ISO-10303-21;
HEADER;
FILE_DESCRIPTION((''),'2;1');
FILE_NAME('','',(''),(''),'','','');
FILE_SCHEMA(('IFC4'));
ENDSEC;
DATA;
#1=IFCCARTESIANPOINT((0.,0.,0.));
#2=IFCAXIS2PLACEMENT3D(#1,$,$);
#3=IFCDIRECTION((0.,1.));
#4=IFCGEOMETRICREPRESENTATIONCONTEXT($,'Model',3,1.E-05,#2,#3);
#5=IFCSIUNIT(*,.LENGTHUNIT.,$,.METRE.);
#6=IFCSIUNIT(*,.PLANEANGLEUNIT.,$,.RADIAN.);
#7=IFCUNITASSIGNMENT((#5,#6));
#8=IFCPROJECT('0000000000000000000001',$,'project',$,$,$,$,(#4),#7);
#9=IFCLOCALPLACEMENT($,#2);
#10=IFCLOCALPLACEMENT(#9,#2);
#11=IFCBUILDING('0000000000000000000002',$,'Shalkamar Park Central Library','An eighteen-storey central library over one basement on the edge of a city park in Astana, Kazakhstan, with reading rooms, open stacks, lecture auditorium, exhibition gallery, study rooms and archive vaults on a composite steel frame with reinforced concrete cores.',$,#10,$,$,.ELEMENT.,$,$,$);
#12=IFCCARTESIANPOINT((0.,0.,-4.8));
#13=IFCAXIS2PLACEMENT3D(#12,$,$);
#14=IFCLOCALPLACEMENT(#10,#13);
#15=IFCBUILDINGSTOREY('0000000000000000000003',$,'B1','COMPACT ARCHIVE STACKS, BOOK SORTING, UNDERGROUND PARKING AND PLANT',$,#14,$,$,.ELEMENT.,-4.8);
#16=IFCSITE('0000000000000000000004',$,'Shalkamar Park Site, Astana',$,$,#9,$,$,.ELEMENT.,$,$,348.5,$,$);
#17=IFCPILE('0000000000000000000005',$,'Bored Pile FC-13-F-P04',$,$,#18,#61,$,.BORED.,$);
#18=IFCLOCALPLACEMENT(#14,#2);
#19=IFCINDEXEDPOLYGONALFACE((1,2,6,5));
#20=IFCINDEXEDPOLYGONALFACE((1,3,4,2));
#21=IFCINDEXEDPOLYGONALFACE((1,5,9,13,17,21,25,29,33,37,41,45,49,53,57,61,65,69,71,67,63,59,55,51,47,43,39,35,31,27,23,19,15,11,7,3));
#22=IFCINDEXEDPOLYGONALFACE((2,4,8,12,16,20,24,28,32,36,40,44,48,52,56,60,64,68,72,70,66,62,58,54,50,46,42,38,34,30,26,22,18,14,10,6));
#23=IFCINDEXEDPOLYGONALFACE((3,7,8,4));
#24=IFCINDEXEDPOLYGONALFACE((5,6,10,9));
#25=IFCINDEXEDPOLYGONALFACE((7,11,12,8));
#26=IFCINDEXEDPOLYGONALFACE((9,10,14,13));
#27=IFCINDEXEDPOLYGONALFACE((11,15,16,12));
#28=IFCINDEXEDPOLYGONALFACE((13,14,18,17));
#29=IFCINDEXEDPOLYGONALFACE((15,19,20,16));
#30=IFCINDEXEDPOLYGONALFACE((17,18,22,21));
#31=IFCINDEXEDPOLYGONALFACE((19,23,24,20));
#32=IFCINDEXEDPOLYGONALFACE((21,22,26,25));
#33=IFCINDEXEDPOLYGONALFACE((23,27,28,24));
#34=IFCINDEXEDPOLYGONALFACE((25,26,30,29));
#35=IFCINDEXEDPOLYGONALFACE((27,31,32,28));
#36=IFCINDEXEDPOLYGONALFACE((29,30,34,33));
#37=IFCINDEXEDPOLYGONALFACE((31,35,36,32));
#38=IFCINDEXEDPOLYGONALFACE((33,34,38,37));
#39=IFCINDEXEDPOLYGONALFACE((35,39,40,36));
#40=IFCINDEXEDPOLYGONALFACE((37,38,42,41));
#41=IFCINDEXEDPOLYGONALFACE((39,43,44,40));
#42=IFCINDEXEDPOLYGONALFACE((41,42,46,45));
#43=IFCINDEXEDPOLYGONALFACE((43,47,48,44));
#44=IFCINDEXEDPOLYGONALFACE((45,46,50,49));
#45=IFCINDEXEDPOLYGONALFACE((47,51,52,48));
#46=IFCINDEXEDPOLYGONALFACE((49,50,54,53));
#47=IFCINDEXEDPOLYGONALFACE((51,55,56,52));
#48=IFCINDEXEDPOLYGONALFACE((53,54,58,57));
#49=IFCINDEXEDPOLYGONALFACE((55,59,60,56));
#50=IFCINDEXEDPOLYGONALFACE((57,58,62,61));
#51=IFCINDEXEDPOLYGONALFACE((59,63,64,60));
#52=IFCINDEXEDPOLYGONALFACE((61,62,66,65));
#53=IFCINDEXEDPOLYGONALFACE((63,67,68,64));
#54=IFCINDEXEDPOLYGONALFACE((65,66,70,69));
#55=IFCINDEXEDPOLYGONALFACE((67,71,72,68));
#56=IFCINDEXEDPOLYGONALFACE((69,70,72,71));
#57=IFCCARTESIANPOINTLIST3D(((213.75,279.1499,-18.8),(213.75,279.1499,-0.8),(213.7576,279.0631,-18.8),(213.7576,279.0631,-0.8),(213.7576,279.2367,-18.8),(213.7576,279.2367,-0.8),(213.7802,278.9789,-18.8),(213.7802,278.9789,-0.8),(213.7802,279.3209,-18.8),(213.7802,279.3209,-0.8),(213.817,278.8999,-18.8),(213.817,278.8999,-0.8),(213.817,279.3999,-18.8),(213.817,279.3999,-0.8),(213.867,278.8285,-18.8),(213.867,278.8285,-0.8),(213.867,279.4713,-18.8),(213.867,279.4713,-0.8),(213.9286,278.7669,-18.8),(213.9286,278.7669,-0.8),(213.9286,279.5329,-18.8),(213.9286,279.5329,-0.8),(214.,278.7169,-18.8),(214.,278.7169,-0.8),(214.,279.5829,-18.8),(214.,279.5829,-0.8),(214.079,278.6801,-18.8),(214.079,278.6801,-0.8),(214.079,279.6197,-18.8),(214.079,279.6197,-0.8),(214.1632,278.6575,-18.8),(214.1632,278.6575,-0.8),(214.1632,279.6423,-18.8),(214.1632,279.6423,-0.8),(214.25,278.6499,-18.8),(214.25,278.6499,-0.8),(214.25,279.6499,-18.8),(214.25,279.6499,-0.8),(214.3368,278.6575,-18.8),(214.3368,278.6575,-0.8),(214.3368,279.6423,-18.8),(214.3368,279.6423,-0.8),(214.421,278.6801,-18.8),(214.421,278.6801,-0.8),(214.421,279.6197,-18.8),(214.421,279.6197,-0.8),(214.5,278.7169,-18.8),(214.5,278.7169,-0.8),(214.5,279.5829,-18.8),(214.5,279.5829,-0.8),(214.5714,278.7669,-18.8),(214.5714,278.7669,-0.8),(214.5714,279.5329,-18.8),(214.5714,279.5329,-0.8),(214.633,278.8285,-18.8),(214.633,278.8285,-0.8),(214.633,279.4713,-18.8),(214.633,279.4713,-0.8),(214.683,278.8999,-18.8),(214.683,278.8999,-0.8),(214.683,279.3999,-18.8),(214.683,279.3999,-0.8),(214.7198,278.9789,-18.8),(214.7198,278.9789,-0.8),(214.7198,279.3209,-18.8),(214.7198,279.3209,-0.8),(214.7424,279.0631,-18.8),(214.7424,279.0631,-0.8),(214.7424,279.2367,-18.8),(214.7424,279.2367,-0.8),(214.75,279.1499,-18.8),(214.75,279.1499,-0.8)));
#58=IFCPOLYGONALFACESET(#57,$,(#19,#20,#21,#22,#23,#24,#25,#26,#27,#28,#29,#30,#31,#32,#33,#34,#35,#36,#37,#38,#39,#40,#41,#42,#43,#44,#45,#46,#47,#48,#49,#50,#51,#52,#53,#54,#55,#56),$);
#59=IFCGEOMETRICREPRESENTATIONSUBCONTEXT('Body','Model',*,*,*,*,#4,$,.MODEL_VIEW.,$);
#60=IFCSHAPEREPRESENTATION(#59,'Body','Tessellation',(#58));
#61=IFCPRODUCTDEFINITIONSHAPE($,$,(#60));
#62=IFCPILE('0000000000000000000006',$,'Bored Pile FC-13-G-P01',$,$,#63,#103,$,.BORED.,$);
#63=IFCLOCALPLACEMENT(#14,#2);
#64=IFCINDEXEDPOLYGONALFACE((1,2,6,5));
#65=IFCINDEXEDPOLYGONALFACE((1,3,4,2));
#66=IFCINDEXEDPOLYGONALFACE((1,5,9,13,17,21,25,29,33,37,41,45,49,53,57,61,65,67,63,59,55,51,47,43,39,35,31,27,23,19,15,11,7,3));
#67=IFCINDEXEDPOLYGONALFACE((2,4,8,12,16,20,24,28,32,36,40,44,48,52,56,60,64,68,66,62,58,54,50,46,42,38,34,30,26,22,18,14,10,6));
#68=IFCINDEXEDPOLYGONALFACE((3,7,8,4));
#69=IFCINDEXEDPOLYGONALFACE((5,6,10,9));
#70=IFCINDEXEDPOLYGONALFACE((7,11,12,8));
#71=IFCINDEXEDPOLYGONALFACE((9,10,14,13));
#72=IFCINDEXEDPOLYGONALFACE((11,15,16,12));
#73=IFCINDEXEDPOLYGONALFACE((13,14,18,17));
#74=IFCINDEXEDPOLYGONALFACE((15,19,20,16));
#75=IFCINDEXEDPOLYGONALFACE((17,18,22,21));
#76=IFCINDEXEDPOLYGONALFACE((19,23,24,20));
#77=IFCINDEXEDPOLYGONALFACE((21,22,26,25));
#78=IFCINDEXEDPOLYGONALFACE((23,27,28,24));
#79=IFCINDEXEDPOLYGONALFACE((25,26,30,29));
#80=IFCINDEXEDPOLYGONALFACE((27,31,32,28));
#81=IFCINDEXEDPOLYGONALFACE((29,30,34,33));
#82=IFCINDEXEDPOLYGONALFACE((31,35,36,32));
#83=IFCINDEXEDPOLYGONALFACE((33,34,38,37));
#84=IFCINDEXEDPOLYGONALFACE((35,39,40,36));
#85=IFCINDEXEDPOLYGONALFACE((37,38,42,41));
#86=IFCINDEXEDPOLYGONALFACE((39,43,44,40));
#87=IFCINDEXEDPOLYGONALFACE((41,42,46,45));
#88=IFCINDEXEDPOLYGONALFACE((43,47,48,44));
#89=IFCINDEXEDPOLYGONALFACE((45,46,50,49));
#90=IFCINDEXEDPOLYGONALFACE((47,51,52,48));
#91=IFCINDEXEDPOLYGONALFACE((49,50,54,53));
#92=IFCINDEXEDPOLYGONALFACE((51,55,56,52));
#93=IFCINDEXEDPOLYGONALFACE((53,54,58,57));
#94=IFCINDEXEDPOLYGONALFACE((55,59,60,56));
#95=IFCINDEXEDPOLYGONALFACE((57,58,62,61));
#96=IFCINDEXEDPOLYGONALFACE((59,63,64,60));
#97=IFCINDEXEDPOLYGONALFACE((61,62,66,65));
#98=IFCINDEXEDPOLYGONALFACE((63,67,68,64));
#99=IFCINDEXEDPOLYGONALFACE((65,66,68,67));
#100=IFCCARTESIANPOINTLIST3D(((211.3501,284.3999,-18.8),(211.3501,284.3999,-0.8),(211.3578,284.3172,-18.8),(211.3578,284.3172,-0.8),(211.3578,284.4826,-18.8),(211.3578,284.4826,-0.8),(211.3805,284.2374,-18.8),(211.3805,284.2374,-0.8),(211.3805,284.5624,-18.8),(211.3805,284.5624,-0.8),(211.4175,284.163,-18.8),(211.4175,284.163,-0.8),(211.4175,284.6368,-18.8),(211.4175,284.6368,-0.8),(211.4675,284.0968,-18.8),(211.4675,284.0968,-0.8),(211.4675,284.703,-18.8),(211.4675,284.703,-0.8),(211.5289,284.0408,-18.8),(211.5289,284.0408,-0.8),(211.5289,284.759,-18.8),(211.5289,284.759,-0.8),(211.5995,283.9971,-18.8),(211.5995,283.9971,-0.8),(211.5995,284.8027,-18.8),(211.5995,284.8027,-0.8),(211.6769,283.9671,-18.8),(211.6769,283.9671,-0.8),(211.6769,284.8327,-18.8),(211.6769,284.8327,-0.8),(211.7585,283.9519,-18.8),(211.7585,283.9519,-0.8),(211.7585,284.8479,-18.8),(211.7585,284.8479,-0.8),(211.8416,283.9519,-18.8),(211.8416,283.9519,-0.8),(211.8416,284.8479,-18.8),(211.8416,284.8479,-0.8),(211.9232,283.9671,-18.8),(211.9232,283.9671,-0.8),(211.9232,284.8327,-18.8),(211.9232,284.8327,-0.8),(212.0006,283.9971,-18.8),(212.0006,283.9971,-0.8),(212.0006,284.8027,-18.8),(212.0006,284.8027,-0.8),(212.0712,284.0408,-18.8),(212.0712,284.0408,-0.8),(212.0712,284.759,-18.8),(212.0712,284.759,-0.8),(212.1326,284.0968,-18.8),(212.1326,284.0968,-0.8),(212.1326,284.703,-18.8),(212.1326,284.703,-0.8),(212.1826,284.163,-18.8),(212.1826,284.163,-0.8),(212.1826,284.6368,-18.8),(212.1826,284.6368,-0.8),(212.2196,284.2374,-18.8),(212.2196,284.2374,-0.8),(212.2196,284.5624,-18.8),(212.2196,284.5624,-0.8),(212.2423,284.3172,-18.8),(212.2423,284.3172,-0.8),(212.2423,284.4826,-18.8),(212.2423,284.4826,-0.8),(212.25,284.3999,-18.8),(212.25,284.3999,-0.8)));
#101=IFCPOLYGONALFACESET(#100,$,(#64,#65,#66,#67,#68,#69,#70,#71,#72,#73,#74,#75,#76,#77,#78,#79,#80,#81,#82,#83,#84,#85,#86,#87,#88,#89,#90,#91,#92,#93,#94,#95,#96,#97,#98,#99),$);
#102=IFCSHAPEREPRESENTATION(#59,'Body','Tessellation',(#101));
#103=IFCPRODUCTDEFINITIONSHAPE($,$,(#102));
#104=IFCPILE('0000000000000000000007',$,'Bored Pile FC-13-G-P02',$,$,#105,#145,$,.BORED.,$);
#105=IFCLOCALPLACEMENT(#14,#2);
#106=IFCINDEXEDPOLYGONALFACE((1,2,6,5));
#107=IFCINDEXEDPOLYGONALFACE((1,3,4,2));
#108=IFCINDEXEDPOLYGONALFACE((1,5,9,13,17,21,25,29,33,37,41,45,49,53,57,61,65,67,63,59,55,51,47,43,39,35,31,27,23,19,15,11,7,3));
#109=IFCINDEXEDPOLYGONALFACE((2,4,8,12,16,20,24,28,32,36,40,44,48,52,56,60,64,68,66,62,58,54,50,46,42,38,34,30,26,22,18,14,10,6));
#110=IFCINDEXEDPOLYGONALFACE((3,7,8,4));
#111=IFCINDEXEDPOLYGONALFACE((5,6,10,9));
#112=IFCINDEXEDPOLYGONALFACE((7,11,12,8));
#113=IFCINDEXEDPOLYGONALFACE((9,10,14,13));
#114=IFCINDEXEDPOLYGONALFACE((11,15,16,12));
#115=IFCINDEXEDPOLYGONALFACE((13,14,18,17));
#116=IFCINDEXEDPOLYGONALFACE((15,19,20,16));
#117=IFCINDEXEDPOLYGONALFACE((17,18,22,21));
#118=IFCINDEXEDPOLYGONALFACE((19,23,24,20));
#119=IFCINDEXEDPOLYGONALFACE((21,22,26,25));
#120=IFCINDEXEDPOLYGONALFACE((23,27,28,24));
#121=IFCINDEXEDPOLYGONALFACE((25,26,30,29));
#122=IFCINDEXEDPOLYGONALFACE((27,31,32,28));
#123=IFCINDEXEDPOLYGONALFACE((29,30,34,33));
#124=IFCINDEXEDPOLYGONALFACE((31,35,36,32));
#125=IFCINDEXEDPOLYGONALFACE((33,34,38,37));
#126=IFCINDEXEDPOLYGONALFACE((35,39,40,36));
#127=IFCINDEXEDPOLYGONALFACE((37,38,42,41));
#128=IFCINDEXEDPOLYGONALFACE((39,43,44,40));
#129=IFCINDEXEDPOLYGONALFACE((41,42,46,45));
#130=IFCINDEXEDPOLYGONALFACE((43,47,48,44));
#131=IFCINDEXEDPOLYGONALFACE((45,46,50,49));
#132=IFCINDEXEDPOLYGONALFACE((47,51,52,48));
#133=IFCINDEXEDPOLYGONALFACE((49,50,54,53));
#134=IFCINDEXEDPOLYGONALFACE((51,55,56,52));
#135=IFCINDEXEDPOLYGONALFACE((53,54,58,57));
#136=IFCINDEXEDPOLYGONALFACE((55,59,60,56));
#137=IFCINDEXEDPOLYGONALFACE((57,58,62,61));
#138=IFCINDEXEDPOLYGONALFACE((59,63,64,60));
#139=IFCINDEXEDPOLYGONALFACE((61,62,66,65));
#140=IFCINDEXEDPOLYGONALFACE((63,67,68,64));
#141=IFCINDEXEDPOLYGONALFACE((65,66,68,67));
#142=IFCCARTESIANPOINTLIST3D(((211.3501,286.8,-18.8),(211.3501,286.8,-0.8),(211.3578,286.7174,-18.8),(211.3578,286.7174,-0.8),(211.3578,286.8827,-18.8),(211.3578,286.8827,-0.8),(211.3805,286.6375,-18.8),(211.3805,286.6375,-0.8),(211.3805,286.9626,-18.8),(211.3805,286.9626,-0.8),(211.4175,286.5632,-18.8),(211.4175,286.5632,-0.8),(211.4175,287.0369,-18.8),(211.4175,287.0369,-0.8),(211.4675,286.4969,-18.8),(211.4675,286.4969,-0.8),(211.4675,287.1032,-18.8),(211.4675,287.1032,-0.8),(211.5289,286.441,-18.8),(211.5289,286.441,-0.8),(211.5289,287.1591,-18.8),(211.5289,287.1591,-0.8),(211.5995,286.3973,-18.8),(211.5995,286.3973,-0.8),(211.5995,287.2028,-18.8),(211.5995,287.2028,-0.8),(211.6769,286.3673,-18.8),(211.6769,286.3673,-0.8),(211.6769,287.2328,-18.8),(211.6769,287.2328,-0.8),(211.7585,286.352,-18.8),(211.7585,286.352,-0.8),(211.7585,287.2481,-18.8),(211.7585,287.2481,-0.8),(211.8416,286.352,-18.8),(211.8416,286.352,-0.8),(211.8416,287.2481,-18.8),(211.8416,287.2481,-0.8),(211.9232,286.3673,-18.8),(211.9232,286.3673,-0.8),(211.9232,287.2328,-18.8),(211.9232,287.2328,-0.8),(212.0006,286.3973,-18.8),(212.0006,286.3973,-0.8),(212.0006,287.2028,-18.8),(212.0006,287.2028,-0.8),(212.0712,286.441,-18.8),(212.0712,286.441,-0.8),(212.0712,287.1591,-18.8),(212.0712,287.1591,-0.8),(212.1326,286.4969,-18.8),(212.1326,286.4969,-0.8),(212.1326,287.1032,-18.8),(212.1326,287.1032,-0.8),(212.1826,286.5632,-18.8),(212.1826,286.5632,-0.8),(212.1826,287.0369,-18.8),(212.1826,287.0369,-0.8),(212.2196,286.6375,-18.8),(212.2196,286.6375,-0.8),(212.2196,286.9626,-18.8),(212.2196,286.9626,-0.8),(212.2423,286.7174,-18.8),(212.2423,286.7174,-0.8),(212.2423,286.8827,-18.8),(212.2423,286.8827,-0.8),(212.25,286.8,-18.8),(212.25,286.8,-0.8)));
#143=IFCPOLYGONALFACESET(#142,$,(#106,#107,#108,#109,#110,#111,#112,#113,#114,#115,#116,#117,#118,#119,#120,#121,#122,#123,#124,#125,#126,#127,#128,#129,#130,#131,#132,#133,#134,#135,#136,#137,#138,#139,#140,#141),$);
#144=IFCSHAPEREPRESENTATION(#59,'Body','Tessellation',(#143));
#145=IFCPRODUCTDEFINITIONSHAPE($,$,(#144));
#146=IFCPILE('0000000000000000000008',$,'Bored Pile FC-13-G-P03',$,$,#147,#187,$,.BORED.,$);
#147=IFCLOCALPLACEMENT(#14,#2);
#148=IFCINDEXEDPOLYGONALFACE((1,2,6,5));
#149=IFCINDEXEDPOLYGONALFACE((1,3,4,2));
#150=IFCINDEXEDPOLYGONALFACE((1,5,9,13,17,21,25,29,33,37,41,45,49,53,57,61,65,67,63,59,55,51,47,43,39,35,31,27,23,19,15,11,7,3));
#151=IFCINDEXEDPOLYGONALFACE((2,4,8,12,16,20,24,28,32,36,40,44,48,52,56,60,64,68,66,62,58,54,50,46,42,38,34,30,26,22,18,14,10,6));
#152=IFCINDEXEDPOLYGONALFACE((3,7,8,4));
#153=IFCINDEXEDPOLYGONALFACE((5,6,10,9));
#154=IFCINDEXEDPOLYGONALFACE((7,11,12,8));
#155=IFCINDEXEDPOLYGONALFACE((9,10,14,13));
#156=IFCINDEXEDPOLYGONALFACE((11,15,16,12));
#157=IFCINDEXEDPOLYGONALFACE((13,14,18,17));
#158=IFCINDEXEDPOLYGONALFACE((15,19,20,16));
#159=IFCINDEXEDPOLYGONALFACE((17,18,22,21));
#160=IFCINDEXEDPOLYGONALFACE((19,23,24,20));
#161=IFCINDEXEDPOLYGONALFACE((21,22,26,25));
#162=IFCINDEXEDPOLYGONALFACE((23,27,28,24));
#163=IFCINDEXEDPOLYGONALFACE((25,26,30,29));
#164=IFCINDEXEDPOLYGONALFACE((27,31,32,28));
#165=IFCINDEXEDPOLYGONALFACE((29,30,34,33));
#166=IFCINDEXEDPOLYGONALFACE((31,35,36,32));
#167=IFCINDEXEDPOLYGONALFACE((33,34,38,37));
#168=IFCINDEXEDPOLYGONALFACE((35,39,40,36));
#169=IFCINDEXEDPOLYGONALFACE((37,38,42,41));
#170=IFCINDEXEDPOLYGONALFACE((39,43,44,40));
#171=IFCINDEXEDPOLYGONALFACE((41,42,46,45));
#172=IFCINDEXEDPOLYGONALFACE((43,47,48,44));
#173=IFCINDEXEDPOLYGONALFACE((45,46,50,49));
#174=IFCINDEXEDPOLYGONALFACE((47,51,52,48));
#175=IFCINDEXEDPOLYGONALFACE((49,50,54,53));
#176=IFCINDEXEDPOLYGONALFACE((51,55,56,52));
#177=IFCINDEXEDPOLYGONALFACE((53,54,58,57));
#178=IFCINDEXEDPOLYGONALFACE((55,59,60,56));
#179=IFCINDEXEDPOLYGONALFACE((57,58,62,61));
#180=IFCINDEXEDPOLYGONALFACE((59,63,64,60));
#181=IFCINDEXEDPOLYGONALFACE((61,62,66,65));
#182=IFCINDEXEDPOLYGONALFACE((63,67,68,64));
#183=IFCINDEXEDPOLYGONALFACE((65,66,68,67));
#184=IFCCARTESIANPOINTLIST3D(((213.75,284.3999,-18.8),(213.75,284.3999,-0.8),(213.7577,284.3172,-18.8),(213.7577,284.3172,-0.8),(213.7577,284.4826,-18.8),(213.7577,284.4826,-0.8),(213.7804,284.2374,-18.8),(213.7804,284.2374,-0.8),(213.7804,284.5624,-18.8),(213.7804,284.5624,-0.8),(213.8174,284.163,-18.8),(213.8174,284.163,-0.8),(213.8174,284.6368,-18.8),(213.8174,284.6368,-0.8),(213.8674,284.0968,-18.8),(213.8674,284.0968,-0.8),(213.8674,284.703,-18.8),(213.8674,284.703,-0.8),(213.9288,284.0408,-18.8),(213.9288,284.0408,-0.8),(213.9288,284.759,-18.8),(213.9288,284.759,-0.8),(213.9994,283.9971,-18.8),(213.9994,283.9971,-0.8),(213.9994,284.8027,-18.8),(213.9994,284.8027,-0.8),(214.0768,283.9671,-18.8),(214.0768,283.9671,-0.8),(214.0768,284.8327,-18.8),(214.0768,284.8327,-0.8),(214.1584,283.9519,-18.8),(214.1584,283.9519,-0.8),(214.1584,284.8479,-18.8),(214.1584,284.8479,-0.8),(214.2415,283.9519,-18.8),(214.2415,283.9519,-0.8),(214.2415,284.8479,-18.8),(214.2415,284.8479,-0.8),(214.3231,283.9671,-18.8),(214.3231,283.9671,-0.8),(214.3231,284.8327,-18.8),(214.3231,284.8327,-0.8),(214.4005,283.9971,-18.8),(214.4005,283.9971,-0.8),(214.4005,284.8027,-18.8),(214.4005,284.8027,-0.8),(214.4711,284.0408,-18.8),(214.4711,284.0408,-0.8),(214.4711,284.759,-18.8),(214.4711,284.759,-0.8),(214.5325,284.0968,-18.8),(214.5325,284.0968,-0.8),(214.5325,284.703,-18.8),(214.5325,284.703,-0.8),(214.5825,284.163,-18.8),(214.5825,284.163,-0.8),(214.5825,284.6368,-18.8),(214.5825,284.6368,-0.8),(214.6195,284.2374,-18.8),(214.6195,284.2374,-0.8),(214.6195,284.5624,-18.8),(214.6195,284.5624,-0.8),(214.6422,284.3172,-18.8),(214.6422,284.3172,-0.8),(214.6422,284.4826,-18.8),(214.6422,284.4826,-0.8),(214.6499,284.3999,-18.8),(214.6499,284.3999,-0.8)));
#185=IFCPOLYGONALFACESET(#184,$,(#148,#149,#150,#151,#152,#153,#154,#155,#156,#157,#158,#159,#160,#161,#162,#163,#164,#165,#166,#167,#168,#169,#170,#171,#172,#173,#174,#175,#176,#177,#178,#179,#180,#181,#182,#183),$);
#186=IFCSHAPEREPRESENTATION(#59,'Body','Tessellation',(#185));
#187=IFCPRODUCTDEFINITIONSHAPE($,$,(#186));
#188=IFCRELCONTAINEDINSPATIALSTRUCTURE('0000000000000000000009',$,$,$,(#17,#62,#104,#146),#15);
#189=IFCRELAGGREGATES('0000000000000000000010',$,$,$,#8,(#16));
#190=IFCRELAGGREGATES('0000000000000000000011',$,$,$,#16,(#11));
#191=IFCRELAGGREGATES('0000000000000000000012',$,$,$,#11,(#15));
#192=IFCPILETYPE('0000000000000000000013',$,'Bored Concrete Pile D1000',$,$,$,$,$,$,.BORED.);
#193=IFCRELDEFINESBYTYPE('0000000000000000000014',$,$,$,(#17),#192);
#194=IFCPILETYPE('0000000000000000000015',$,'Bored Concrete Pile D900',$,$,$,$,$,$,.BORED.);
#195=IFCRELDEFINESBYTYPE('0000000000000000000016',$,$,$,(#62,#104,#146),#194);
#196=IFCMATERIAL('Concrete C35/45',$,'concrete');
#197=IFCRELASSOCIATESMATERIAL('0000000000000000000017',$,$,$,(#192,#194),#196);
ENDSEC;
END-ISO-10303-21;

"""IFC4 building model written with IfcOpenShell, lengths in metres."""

from ifc_helpers import new_model, si_unit, direction, frame, origin, origin_2d, place, context, subcontext, project, spatial, circle, extrude, material, material_profile, profile_set, type_object, element, save


model = new_model("IFC4")

# Units and contexts
model_context = context("Model", 3, precision=1e-05, world=origin(), true_north=direction((0.0, 1.0)))
body_context = subcontext(model_context, "Body", "Model", "MODEL_VIEW")
ifc_project = project(units=[si_unit("LENGTHUNIT", "METRE"), si_unit("PLANEANGLEUNIT", "RADIAN")], contexts=[model_context])

# Site, building, storey
site_placement = place(None, origin())
site = spatial("IfcSite", under=ifc_project, at=site_placement, Name="Shalkamar Park Site, Astana", CompositionType="ELEMENT", RefElevation=348.5)
building_placement = place(site_placement, origin())
building = spatial("IfcBuilding", under=site, at=building_placement, Name="Shalkamar Park Central Library", Description="An eighteen-storey central library over one basement on the edge of a city park in Astana, Kazakhstan, with reading rooms, open stacks, lecture auditorium, exhibition gallery, study rooms and archive vaults on a composite steel frame with reinforced concrete cores.", CompositionType="ELEMENT")
storey_placement = place(building_placement, frame((0.0, 0.0, -4.8)))
storey = spatial("IfcBuildingStorey", under=building, at=storey_placement, Name="B1", Description="COMPACT ARCHIVE STACKS, BOOK SORTING, UNDERGROUND PARKING AND PLANT", CompositionType="ELEMENT", Elevation=-4.8)

# Piles
ifc_material_1 = material(Name="Concrete C35/45", Category="concrete")
ifc_material_profile_1 = material_profile(ifc_material_1, circle(Radius=0.5, at=origin_2d()), Name="PILE D1000")
ifc_profile_set_1 = profile_set([ifc_material_profile_1], Name="Concrete C35/45")
pile_type_1 = type_object("IfcPileType", Name="Bored Concrete Pile D1000", PredefinedType="BORED", material=ifc_profile_set_1)
for number, where, z_axis, x_axis, name in (
    (1, (214.25, 279.1499, -0.8), (0.0, 0.0, -1.0), (1.0, 0.0, 0.0), "Bored Pile FC-13-F-P04"),
):
    element("IfcPile", number, at=place(storey_placement, frame(where, z_axis=z_axis, x_axis=x_axis)), inside=storey, type_object=pile_type_1, Name=name, PredefinedType="BORED", context=body_context, shape_type="SweptSolid", body=[
        extrude(circle(Radius=0.5, at=origin_2d()), origin(), (0.0, 0.0, 1.0), 18.0),
    ])
ifc_material_profile_2 = material_profile(ifc_material_1, circle(Radius=0.45, at=origin_2d()), Name="PILE D900")
ifc_profile_set_2 = profile_set([ifc_material_profile_2], Name="Concrete C35/45")
pile_type_2 = type_object("IfcPileType", Name="Bored Concrete Pile D900", PredefinedType="BORED", material=ifc_profile_set_2)
for number, where, z_axis, x_axis, name in (
    (2, (211.8, 284.3999, -0.8), (0.0, 0.0, -1.0), (1.0, 0.0, 0.0), "Bored Pile FC-13-G-P01"),
    (3, (211.8, 286.8, -0.8), (0.0, 0.0, -1.0), (1.0, 0.0, 0.0), "Bored Pile FC-13-G-P02"),
    (4, (214.2, 284.3999, -0.8), (0.0, 0.0, -1.0), (1.0, 0.0, 0.0), "Bored Pile FC-13-G-P03"),
):
    element("IfcPile", number, at=place(storey_placement, frame(where, z_axis=z_axis, x_axis=x_axis)), inside=storey, type_object=pile_type_2, Name=name, PredefinedType="BORED", context=body_context, shape_type="SweptSolid", body=[
        extrude(circle(Radius=0.45, at=origin_2d()), origin(), (0.0, 0.0, 1.0), 18.0),
    ])

save(model, "model.ifc")
